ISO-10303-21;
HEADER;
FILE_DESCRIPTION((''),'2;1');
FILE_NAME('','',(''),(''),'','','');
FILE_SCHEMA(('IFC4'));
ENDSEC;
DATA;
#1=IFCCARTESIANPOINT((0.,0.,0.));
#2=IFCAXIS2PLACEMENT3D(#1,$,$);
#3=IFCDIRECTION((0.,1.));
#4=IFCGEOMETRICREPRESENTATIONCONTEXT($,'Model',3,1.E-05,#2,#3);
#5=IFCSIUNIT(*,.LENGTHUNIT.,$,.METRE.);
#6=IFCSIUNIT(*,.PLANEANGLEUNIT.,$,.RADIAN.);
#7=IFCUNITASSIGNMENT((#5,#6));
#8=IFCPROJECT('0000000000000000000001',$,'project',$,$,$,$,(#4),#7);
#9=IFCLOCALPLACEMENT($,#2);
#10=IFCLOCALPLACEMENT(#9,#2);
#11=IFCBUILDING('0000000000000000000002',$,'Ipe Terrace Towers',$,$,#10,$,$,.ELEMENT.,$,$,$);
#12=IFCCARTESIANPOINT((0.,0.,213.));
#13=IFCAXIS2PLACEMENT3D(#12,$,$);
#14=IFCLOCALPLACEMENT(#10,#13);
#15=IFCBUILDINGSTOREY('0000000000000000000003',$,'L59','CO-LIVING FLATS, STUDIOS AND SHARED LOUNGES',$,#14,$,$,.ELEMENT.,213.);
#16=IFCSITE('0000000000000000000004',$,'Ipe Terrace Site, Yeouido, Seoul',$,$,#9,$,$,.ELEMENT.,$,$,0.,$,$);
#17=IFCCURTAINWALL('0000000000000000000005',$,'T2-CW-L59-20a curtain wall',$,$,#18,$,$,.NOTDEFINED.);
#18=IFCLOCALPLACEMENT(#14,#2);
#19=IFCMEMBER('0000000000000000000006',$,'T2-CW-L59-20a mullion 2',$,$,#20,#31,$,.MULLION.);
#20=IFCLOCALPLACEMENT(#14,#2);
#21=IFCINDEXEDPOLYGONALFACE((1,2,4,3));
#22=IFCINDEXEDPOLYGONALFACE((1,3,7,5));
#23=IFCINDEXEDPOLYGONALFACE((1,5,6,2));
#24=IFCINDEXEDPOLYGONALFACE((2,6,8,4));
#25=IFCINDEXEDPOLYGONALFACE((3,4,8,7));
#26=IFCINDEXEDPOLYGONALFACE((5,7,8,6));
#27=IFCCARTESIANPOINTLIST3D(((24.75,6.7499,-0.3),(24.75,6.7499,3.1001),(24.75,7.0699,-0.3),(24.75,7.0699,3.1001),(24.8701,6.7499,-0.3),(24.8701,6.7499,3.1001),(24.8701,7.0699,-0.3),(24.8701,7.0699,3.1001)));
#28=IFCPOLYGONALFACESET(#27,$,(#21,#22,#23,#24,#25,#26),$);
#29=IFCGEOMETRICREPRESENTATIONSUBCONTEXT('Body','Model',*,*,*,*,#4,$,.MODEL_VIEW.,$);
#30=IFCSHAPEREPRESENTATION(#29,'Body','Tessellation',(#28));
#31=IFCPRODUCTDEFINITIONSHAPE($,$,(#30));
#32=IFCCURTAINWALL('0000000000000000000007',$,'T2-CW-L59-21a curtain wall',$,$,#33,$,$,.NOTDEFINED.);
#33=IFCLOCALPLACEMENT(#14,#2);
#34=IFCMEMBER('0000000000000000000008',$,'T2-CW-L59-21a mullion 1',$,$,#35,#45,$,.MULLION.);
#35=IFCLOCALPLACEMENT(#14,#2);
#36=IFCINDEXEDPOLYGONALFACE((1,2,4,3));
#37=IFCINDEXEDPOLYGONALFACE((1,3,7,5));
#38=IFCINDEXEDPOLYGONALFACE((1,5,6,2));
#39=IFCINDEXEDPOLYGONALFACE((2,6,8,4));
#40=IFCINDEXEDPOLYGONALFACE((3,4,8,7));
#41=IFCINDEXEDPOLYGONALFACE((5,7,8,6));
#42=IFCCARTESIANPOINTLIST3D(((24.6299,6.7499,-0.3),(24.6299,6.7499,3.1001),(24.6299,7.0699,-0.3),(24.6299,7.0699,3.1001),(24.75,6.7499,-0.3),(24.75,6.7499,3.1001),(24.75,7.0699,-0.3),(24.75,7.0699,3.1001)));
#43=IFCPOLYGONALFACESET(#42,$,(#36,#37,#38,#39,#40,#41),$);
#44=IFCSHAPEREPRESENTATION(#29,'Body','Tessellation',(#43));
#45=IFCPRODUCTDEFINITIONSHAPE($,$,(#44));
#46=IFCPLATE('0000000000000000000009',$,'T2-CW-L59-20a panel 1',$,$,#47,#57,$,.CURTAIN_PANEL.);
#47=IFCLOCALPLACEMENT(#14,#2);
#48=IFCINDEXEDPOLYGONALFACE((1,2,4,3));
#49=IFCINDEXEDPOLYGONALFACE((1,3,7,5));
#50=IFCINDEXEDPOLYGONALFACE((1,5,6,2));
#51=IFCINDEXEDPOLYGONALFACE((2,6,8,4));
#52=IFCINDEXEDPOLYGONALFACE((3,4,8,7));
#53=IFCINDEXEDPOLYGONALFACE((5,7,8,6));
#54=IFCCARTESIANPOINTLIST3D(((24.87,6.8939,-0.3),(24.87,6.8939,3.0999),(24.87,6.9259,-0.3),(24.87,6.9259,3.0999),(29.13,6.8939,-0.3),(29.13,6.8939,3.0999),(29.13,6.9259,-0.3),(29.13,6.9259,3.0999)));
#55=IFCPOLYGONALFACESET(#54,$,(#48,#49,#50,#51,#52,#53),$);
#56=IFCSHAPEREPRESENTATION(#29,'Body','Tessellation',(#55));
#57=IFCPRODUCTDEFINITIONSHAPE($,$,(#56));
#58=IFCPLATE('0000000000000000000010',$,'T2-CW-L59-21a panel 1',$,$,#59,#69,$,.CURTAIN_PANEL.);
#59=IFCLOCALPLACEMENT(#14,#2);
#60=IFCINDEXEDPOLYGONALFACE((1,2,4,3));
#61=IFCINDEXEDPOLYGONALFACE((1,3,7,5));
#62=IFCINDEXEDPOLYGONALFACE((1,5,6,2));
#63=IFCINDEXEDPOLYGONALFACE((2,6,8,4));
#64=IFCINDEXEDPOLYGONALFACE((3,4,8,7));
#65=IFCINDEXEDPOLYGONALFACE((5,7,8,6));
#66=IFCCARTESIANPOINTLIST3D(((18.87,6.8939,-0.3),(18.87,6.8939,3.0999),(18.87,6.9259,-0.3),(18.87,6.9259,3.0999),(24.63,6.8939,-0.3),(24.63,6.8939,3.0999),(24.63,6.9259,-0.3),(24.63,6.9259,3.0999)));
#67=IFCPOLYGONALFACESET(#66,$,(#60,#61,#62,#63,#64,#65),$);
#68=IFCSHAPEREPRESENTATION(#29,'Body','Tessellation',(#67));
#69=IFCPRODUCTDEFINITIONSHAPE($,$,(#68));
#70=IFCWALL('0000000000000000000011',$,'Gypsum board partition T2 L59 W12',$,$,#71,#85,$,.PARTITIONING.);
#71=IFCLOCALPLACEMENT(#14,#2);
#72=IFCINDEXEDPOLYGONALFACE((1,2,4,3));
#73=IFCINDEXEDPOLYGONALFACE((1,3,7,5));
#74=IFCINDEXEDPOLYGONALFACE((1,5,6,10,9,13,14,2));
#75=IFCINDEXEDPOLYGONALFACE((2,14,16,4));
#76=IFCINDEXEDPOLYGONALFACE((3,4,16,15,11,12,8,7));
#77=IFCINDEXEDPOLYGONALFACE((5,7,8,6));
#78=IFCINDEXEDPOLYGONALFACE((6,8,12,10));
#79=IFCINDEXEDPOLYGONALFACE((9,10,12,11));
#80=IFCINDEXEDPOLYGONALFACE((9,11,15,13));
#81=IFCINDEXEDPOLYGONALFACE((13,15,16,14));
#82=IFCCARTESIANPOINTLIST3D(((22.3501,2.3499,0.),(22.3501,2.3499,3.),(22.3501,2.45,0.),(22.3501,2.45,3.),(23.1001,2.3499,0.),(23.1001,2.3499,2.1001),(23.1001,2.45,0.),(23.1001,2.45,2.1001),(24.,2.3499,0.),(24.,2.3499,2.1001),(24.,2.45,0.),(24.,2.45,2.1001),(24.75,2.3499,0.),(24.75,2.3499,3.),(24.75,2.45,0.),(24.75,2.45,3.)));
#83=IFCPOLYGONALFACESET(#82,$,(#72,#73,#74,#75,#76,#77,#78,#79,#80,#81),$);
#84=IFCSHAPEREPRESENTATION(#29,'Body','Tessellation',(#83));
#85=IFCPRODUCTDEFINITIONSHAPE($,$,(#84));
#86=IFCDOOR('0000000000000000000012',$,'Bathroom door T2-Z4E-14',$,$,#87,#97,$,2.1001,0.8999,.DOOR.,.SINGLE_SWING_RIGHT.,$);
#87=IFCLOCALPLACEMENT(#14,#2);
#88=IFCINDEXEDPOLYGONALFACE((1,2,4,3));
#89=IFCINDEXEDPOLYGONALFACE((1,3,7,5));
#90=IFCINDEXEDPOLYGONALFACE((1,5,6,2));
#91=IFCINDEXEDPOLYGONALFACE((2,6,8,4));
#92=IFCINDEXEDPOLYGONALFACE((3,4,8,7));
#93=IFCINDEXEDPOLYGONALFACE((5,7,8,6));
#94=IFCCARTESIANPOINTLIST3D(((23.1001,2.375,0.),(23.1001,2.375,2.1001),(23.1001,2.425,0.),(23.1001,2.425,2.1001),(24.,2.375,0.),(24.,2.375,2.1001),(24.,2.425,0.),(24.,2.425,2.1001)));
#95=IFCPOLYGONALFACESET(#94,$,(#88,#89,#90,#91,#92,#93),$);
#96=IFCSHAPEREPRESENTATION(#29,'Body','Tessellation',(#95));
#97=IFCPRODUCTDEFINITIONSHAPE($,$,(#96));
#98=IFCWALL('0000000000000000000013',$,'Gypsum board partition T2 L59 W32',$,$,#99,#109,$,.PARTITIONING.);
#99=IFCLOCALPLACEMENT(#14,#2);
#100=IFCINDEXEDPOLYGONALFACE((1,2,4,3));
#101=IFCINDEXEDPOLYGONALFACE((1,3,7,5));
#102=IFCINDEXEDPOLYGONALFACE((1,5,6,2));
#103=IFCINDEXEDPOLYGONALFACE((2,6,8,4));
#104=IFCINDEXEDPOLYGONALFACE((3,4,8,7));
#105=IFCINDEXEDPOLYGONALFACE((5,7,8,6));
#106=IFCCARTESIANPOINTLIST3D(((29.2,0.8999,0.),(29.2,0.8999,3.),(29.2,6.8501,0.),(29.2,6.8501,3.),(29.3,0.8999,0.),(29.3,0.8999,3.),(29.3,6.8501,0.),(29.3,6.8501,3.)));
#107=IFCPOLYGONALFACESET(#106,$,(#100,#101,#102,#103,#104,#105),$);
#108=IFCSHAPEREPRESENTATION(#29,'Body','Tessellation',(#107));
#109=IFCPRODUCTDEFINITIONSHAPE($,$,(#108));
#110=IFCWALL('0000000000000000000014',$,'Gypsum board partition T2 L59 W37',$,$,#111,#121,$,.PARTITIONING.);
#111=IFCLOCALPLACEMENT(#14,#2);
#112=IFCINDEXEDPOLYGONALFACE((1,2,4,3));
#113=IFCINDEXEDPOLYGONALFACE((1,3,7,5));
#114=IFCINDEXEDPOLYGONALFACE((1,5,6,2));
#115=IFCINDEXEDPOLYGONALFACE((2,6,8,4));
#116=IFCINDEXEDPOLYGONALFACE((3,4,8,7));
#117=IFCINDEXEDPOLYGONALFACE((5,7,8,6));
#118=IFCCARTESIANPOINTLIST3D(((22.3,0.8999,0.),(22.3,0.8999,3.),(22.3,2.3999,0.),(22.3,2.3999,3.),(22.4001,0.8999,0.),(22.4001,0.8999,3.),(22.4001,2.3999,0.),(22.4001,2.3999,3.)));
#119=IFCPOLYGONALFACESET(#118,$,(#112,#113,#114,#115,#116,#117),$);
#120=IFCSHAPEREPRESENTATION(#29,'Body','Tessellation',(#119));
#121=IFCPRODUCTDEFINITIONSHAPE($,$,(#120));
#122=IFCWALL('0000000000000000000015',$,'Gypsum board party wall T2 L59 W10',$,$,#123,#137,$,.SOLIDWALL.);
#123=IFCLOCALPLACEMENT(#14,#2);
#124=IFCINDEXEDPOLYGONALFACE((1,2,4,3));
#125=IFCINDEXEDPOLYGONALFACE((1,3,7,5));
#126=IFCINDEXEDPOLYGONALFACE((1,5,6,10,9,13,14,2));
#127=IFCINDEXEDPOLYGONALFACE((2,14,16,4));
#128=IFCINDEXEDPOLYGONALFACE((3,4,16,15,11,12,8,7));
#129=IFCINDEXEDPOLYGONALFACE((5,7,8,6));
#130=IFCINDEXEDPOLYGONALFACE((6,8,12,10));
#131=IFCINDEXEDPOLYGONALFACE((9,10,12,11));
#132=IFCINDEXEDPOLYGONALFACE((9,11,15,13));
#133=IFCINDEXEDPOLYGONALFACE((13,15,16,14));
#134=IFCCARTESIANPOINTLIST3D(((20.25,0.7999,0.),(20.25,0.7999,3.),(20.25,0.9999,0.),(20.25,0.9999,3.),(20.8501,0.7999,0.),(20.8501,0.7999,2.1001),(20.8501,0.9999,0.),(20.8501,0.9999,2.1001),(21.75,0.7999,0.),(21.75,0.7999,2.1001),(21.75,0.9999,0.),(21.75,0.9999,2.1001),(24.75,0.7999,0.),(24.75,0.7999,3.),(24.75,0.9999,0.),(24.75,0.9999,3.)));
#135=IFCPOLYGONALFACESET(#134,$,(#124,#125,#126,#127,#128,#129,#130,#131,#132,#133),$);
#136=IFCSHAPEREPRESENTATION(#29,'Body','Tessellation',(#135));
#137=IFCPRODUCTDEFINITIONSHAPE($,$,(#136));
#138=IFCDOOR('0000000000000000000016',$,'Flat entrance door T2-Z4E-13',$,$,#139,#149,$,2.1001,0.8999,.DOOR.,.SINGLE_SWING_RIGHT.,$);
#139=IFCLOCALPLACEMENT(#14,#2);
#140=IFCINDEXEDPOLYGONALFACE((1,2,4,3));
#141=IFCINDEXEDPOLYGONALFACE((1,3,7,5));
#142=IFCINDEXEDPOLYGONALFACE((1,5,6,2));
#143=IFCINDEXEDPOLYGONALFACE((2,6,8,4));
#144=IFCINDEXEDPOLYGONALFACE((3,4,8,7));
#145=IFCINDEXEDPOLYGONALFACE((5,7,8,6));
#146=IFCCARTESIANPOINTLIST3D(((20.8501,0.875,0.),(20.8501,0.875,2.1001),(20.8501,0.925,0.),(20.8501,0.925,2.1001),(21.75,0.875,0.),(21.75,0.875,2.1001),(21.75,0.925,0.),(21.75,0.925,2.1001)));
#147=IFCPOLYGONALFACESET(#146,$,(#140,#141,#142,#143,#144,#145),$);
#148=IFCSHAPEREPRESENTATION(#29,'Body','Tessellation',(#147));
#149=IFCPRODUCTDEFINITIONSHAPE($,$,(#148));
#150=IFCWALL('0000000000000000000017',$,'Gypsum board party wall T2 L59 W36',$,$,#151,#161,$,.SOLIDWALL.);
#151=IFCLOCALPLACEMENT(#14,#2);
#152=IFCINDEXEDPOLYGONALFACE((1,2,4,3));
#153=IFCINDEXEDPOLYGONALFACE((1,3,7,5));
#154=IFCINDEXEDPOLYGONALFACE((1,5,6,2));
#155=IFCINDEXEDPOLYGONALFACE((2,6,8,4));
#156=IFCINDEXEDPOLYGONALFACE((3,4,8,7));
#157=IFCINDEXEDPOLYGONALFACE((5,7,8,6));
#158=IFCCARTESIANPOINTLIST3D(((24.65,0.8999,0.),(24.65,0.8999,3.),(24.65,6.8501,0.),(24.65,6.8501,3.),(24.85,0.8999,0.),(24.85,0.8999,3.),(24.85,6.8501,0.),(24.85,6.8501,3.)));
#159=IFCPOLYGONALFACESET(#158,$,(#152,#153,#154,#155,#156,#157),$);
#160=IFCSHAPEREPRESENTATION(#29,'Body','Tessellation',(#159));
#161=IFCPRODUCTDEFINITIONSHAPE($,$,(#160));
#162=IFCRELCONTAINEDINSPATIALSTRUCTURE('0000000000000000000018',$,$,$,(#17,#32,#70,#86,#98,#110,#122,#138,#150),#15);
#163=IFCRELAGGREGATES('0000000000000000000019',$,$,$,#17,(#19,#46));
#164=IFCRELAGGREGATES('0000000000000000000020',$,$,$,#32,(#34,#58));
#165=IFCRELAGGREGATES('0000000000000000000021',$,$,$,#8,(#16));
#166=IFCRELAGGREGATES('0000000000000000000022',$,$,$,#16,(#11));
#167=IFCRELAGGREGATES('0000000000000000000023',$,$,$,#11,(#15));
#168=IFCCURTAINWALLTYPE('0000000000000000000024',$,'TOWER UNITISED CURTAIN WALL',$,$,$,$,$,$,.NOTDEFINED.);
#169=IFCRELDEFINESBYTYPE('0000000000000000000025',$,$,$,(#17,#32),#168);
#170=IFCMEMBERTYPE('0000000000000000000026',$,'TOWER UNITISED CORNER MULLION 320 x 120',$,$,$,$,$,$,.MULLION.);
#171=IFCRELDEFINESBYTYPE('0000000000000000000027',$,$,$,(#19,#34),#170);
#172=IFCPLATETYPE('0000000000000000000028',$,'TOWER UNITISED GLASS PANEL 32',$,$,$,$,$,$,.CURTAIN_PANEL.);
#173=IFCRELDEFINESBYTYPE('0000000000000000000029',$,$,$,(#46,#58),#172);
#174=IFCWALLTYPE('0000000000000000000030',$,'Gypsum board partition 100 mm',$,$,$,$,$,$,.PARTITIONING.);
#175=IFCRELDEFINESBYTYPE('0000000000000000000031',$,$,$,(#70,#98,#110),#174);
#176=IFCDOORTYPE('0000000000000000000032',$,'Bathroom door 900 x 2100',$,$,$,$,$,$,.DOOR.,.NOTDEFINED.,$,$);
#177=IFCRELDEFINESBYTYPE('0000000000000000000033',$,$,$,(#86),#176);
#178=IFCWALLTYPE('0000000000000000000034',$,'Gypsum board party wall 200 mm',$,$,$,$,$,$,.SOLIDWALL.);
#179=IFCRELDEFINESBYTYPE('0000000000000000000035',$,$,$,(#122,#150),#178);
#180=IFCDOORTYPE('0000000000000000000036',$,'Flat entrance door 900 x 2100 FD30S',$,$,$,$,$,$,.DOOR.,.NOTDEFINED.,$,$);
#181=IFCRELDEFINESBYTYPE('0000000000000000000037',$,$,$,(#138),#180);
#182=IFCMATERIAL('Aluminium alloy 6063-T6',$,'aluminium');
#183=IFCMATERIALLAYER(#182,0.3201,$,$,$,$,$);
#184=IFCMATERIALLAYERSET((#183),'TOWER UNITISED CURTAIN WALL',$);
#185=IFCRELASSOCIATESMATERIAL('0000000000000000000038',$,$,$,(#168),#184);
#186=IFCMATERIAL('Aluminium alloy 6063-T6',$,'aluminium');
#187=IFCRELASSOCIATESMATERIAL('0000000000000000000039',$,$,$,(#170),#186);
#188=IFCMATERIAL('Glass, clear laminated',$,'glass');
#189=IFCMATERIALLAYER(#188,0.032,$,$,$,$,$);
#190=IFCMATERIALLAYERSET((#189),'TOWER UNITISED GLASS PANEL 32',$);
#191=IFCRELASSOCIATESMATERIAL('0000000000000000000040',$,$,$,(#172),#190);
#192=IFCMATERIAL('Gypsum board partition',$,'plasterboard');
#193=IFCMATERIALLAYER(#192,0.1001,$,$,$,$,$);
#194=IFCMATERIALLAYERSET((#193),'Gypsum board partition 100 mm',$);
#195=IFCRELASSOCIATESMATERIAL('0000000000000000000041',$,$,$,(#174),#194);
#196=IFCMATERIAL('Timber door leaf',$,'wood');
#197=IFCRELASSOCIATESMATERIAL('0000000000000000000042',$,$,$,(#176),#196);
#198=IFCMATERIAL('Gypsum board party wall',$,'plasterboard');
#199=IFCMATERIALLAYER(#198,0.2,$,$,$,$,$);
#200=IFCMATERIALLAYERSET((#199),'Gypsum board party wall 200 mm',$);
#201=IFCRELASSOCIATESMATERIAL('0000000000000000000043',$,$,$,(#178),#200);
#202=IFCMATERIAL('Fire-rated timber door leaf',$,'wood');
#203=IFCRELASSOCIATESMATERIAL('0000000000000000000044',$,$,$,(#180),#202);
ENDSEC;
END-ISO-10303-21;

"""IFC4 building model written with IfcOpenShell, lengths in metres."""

from ifc_helpers import new_model, si_unit, direction, frame, frame_2d, origin, origin_2d, place, context, subcontext, project, spatial, rectangle, extrude, material, layer, layer_set, material_profile, profile_set, type_object, element, fill, aggregate, save


model = new_model("IFC4")

# Units and contexts
model_context = context("Model", 3, precision=1e-05, world=origin(), true_north=direction((0.0, 1.0)))
body_context = subcontext(model_context, "Body", "Model", "MODEL_VIEW")
ifc_project = project(units=[si_unit("LENGTHUNIT", "METRE"), si_unit("PLANEANGLEUNIT", "RADIAN")], contexts=[model_context])

# Site, building, storey
site_placement = place(None, origin())
site = spatial("IfcSite", under=ifc_project, at=site_placement, Name="Ipe Terrace Site, Yeouido, Seoul", CompositionType="ELEMENT", RefElevation=0.0)
building_placement = place(site_placement, origin())
building = spatial("IfcBuilding", under=site, at=building_placement, Name="Ipe Terrace Towers", CompositionType="ELEMENT")
storey_placement = place(building_placement, frame((0.0, 0.0, 213.0)))
storey = spatial("IfcBuildingStorey", under=building, at=storey_placement, Name="L59", Description="CO-LIVING FLATS, STUDIOS AND SHARED LOUNGES", CompositionType="ELEMENT", Elevation=213.0)

# Curtain wall, member
ifc_material_1 = material(Name="Aluminium alloy 6063-T6", Category="aluminium")
ifc_layer_1 = layer(ifc_material_1, 0.3201)
ifc_layer_set_1 = layer_set([ifc_layer_1], Name="TOWER UNITISED CURTAIN WALL")
curtain_wall_type = type_object("IfcCurtainWallType", Name="TOWER UNITISED CURTAIN WALL", PredefinedType="NOTDEFINED", material=ifc_layer_set_1)
curtain_wall_1_placement = place(storey_placement, origin())
curtain_wall_1 = element("IfcCurtainWall", 1, at=curtain_wall_1_placement, inside=storey, type_object=curtain_wall_type, Name="T2-CW-L59-20a curtain wall", PredefinedType="NOTDEFINED")
ifc_material_2 = material(Name="Aluminium alloy 6063-T6", Category="aluminium")
ifc_material_profile_1 = material_profile(ifc_material_2, rectangle(XDim=0.3201, YDim=0.1201, at=origin_2d()), Name="TOWER UNITISED CORNER MULLION 320 x 120")
ifc_profile_set_1 = profile_set([ifc_material_profile_1], Name="Aluminium alloy 6063-T6")
member_type = type_object("IfcMemberType", Name="TOWER UNITISED CORNER MULLION 320 x 120", PredefinedType="MULLION", material=ifc_profile_set_1)
member_1_placement = place(storey_placement, frame((24.8101, 6.9099, -0.3), z_axis=(0.0, 0.0, 1.0), x_axis=(0.0, 1.0, 0.0)))
member_1 = element("IfcMember", 2, at=member_1_placement, type_object=member_type, Name="T2-CW-L59-20a mullion 2", PredefinedType="MULLION", context=body_context, shape_type="SweptSolid", body=[
    extrude(rectangle(XDim=0.3201, YDim=0.1201, at=origin_2d()), origin(), (0.0, 0.0, 1.0), 3.4001),
])

# Curtain wall, member
curtain_wall_2_placement = place(storey_placement, origin())
curtain_wall_2 = element("IfcCurtainWall", 3, at=curtain_wall_2_placement, inside=storey, type_object=curtain_wall_type, Name="T2-CW-L59-21a curtain wall", PredefinedType="NOTDEFINED")
member_2_placement = place(storey_placement, frame((24.6899, 6.9099, -0.3), z_axis=(0.0, 0.0, 1.0), x_axis=(0.0, 1.0, 0.0)))
member_2 = element("IfcMember", 4, at=member_2_placement, type_object=member_type, Name="T2-CW-L59-21a mullion 1", PredefinedType="MULLION", context=body_context, shape_type="SweptSolid", body=[
    extrude(rectangle(XDim=0.3201, YDim=0.1201, at=origin_2d()), origin(), (0.0, 0.0, 1.0), 3.4001),
])

# Plates
ifc_material_3 = material(Name="Glass, clear laminated", Category="glass")
ifc_layer_2 = layer(ifc_material_3, 0.032)
ifc_layer_set_2 = layer_set([ifc_layer_2], Name="TOWER UNITISED GLASS PANEL 32")
plate_type = type_object("IfcPlateType", Name="TOWER UNITISED GLASS PANEL 32", PredefinedType="CURTAIN_PANEL", material=ifc_layer_set_2)
plate_1_placement = place(storey_placement, frame((27.0, 6.9099, -0.3), z_axis=(0.0, 0.0, 1.0), x_axis=(-1.0, 0.0, 0.0)))
plate_1 = element("IfcPlate", 5, at=plate_1_placement, type_object=plate_type, Name="T2-CW-L59-20a panel 1", PredefinedType="CURTAIN_PANEL", context=body_context, shape_type="SweptSolid", body=[
    extrude(rectangle(XDim=4.26, YDim=0.032, at=origin_2d()), origin(), (0.0, 0.0, 1.0), 3.3999),
])
aggregate(curtain_wall_1, [member_1, plate_1])
plate_2_placement = place(storey_placement, frame((21.75, 6.9099, -0.3), z_axis=(0.0, 0.0, 1.0), x_axis=(-1.0, 0.0, 0.0)))
plate_2 = element("IfcPlate", 6, at=plate_2_placement, type_object=plate_type, Name="T2-CW-L59-21a panel 1", PredefinedType="CURTAIN_PANEL", context=body_context, shape_type="SweptSolid", body=[
    extrude(rectangle(XDim=5.76, YDim=0.032, at=origin_2d()), origin(), (0.0, 0.0, 1.0), 3.3999),
])
aggregate(curtain_wall_2, [member_2, plate_2])

# Wall, opening, door
ifc_material_4 = material(Name="Gypsum board partition", Category="plasterboard")
ifc_layer_3 = layer(ifc_material_4, 0.1001)
ifc_layer_set_3 = layer_set([ifc_layer_3], Name="Gypsum board partition 100 mm")
wall_type_1 = type_object("IfcWallType", Name="Gypsum board partition 100 mm", PredefinedType="PARTITIONING", material=ifc_layer_set_3)
wall_1_placement = place(storey_placement, frame((24.75, 2.3999, 0.0), z_axis=(0.0, 0.0, 1.0), x_axis=(-1.0, 0.0, 0.0)))
wall_1 = element("IfcWall", 7, at=wall_1_placement, inside=storey, type_object=wall_type_1, Name="Gypsum board partition T2 L59 W12", PredefinedType="PARTITIONING", context=body_context, shape_type="SweptSolid", body=[
    extrude(rectangle(XDim=2.3999, YDim=0.1001, at=frame_2d((1.2, 0.0))), origin(), (0.0, 0.0, 1.0), 3.0),
])
opening_1_placement = place(wall_1_placement, frame((0.75, 0.0, 0.0)))
opening_1 = element("IfcOpeningElement", 8, at=opening_1_placement, cuts=wall_1, PredefinedType="OPENING", context=body_context, shape_type="SweptSolid", body=[
    extrude(rectangle(XDim=0.8999, YDim=2.1001, at=frame_2d((0.45, 1.05))), frame((0.0, 0.0601, 0.0), z_axis=(0.0, -1.0, 0.0), x_axis=(1.0, 0.0, 0.0)), (0.0, 0.0, 1.0), 0.1201),
])
ifc_material_5 = material(Name="Timber door leaf", Category="wood")
door_type_1 = type_object("IfcDoorType", Name="Bathroom door 900 x 2100", OperationType="NOTDEFINED", PredefinedType="DOOR", material=ifc_material_5)
door_1_placement = place(opening_1_placement, origin())
door_1 = element("IfcDoor", 9, at=door_1_placement, inside=storey, type_object=door_type_1, Name="Bathroom door T2-Z4E-14", OperationType="SINGLE_SWING_RIGHT", OverallHeight=2.1001, OverallWidth=0.8999, PredefinedType="DOOR", context=body_context, shape_type="SweptSolid", body=[
    extrude(rectangle(XDim=0.8999, YDim=2.1001, at=frame_2d((0.45, 1.05))), frame((0.0, 0.0249, 0.0), z_axis=(0.0, -1.0, 0.0), x_axis=(1.0, 0.0, 0.0)), (0.0, 0.0, 1.0), 0.05),
])
fill(opening_1, door_1)

# Walls
wall_2_placement = place(storey_placement, frame((29.25, 0.8999, 0.0), z_axis=(0.0, 0.0, 1.0), x_axis=(0.0, 1.0, 0.0)))
element("IfcWall", 10, at=wall_2_placement, inside=storey, type_object=wall_type_1, Name="Gypsum board partition T2 L59 W32", PredefinedType="PARTITIONING", context=body_context, shape_type="SweptSolid", body=[
    extrude(rectangle(XDim=5.9502, YDim=0.1001, at=frame_2d((2.9751, 0.0))), origin(), (0.0, 0.0, 1.0), 3.0),
])
wall_3_placement = place(storey_placement, frame((22.3501, 0.8999, 0.0), z_axis=(0.0, 0.0, 1.0), x_axis=(0.0, 1.0, 0.0)))
element("IfcWall", 11, at=wall_3_placement, inside=storey, type_object=wall_type_1, Name="Gypsum board partition T2 L59 W37", PredefinedType="PARTITIONING", context=body_context, shape_type="SweptSolid", body=[
    extrude(rectangle(XDim=1.5, YDim=0.1001, at=frame_2d((0.75, 0.0))), origin(), (0.0, 0.0, 1.0), 3.0),
])

# Wall, opening, door
ifc_material_6 = material(Name="Gypsum board party wall", Category="plasterboard")
ifc_layer_4 = layer(ifc_material_6, 0.2)
ifc_layer_set_4 = layer_set([ifc_layer_4], Name="Gypsum board party wall 200 mm")
wall_type_2 = type_object("IfcWallType", Name="Gypsum board party wall 200 mm", PredefinedType="SOLIDWALL", material=ifc_layer_set_4)
wall_4_placement = place(storey_placement, frame((24.75, 0.8999, 0.0), z_axis=(0.0, 0.0, 1.0), x_axis=(-1.0, 0.0, 0.0)))
wall_4 = element("IfcWall", 12, at=wall_4_placement, inside=storey, type_object=wall_type_2, Name="Gypsum board party wall T2 L59 W10", PredefinedType="SOLIDWALL", context=body_context, shape_type="SweptSolid", body=[
    extrude(rectangle(XDim=4.5, YDim=0.2, at=frame_2d((2.25, 0.0))), origin(), (0.0, 0.0, 1.0), 3.0),
])
opening_2_placement = place(wall_4_placement, frame((3.0, 0.0, 0.0)))
opening_2 = element("IfcOpeningElement", 13, at=opening_2_placement, cuts=wall_4, PredefinedType="OPENING", context=body_context, shape_type="SweptSolid", body=[
    extrude(rectangle(XDim=0.8999, YDim=2.1001, at=frame_2d((0.45, 1.05))), frame((0.0, 0.1099, 0.0), z_axis=(0.0, -1.0, 0.0), x_axis=(1.0, 0.0, 0.0)), (0.0, 0.0, 1.0), 0.22),
])
ifc_material_7 = material(Name="Fire-rated timber door leaf", Category="wood")
door_type_2 = type_object("IfcDoorType", Name="Flat entrance door 900 x 2100 FD30S", OperationType="NOTDEFINED", PredefinedType="DOOR", material=ifc_material_7)
door_2_placement = place(opening_2_placement, origin())
door_2 = element("IfcDoor", 14, at=door_2_placement, inside=storey, type_object=door_type_2, Name="Flat entrance door T2-Z4E-13", OperationType="SINGLE_SWING_RIGHT", OverallHeight=2.1001, OverallWidth=0.8999, PredefinedType="DOOR", context=body_context, shape_type="SweptSolid", body=[
    extrude(rectangle(XDim=0.8999, YDim=2.1001, at=frame_2d((0.45, 1.05))), frame((0.0, 0.0249, 0.0), z_axis=(0.0, -1.0, 0.0), x_axis=(1.0, 0.0, 0.0)), (0.0, 0.0, 1.0), 0.05),
])
fill(opening_2, door_2)

# Wall
wall_5_placement = place(storey_placement, frame((24.75, 0.8999, 0.0), z_axis=(0.0, 0.0, 1.0), x_axis=(0.0, 1.0, 0.0)))
element("IfcWall", 15, at=wall_5_placement, inside=storey, type_object=wall_type_2, Name="Gypsum board party wall T2 L59 W36", PredefinedType="SOLIDWALL", context=body_context, shape_type="SweptSolid", body=[
    extrude(rectangle(XDim=5.9502, YDim=0.2, at=frame_2d((2.9751, 0.0))), origin(), (0.0, 0.0, 1.0), 3.0),
])

save(model, "model.ifc")
